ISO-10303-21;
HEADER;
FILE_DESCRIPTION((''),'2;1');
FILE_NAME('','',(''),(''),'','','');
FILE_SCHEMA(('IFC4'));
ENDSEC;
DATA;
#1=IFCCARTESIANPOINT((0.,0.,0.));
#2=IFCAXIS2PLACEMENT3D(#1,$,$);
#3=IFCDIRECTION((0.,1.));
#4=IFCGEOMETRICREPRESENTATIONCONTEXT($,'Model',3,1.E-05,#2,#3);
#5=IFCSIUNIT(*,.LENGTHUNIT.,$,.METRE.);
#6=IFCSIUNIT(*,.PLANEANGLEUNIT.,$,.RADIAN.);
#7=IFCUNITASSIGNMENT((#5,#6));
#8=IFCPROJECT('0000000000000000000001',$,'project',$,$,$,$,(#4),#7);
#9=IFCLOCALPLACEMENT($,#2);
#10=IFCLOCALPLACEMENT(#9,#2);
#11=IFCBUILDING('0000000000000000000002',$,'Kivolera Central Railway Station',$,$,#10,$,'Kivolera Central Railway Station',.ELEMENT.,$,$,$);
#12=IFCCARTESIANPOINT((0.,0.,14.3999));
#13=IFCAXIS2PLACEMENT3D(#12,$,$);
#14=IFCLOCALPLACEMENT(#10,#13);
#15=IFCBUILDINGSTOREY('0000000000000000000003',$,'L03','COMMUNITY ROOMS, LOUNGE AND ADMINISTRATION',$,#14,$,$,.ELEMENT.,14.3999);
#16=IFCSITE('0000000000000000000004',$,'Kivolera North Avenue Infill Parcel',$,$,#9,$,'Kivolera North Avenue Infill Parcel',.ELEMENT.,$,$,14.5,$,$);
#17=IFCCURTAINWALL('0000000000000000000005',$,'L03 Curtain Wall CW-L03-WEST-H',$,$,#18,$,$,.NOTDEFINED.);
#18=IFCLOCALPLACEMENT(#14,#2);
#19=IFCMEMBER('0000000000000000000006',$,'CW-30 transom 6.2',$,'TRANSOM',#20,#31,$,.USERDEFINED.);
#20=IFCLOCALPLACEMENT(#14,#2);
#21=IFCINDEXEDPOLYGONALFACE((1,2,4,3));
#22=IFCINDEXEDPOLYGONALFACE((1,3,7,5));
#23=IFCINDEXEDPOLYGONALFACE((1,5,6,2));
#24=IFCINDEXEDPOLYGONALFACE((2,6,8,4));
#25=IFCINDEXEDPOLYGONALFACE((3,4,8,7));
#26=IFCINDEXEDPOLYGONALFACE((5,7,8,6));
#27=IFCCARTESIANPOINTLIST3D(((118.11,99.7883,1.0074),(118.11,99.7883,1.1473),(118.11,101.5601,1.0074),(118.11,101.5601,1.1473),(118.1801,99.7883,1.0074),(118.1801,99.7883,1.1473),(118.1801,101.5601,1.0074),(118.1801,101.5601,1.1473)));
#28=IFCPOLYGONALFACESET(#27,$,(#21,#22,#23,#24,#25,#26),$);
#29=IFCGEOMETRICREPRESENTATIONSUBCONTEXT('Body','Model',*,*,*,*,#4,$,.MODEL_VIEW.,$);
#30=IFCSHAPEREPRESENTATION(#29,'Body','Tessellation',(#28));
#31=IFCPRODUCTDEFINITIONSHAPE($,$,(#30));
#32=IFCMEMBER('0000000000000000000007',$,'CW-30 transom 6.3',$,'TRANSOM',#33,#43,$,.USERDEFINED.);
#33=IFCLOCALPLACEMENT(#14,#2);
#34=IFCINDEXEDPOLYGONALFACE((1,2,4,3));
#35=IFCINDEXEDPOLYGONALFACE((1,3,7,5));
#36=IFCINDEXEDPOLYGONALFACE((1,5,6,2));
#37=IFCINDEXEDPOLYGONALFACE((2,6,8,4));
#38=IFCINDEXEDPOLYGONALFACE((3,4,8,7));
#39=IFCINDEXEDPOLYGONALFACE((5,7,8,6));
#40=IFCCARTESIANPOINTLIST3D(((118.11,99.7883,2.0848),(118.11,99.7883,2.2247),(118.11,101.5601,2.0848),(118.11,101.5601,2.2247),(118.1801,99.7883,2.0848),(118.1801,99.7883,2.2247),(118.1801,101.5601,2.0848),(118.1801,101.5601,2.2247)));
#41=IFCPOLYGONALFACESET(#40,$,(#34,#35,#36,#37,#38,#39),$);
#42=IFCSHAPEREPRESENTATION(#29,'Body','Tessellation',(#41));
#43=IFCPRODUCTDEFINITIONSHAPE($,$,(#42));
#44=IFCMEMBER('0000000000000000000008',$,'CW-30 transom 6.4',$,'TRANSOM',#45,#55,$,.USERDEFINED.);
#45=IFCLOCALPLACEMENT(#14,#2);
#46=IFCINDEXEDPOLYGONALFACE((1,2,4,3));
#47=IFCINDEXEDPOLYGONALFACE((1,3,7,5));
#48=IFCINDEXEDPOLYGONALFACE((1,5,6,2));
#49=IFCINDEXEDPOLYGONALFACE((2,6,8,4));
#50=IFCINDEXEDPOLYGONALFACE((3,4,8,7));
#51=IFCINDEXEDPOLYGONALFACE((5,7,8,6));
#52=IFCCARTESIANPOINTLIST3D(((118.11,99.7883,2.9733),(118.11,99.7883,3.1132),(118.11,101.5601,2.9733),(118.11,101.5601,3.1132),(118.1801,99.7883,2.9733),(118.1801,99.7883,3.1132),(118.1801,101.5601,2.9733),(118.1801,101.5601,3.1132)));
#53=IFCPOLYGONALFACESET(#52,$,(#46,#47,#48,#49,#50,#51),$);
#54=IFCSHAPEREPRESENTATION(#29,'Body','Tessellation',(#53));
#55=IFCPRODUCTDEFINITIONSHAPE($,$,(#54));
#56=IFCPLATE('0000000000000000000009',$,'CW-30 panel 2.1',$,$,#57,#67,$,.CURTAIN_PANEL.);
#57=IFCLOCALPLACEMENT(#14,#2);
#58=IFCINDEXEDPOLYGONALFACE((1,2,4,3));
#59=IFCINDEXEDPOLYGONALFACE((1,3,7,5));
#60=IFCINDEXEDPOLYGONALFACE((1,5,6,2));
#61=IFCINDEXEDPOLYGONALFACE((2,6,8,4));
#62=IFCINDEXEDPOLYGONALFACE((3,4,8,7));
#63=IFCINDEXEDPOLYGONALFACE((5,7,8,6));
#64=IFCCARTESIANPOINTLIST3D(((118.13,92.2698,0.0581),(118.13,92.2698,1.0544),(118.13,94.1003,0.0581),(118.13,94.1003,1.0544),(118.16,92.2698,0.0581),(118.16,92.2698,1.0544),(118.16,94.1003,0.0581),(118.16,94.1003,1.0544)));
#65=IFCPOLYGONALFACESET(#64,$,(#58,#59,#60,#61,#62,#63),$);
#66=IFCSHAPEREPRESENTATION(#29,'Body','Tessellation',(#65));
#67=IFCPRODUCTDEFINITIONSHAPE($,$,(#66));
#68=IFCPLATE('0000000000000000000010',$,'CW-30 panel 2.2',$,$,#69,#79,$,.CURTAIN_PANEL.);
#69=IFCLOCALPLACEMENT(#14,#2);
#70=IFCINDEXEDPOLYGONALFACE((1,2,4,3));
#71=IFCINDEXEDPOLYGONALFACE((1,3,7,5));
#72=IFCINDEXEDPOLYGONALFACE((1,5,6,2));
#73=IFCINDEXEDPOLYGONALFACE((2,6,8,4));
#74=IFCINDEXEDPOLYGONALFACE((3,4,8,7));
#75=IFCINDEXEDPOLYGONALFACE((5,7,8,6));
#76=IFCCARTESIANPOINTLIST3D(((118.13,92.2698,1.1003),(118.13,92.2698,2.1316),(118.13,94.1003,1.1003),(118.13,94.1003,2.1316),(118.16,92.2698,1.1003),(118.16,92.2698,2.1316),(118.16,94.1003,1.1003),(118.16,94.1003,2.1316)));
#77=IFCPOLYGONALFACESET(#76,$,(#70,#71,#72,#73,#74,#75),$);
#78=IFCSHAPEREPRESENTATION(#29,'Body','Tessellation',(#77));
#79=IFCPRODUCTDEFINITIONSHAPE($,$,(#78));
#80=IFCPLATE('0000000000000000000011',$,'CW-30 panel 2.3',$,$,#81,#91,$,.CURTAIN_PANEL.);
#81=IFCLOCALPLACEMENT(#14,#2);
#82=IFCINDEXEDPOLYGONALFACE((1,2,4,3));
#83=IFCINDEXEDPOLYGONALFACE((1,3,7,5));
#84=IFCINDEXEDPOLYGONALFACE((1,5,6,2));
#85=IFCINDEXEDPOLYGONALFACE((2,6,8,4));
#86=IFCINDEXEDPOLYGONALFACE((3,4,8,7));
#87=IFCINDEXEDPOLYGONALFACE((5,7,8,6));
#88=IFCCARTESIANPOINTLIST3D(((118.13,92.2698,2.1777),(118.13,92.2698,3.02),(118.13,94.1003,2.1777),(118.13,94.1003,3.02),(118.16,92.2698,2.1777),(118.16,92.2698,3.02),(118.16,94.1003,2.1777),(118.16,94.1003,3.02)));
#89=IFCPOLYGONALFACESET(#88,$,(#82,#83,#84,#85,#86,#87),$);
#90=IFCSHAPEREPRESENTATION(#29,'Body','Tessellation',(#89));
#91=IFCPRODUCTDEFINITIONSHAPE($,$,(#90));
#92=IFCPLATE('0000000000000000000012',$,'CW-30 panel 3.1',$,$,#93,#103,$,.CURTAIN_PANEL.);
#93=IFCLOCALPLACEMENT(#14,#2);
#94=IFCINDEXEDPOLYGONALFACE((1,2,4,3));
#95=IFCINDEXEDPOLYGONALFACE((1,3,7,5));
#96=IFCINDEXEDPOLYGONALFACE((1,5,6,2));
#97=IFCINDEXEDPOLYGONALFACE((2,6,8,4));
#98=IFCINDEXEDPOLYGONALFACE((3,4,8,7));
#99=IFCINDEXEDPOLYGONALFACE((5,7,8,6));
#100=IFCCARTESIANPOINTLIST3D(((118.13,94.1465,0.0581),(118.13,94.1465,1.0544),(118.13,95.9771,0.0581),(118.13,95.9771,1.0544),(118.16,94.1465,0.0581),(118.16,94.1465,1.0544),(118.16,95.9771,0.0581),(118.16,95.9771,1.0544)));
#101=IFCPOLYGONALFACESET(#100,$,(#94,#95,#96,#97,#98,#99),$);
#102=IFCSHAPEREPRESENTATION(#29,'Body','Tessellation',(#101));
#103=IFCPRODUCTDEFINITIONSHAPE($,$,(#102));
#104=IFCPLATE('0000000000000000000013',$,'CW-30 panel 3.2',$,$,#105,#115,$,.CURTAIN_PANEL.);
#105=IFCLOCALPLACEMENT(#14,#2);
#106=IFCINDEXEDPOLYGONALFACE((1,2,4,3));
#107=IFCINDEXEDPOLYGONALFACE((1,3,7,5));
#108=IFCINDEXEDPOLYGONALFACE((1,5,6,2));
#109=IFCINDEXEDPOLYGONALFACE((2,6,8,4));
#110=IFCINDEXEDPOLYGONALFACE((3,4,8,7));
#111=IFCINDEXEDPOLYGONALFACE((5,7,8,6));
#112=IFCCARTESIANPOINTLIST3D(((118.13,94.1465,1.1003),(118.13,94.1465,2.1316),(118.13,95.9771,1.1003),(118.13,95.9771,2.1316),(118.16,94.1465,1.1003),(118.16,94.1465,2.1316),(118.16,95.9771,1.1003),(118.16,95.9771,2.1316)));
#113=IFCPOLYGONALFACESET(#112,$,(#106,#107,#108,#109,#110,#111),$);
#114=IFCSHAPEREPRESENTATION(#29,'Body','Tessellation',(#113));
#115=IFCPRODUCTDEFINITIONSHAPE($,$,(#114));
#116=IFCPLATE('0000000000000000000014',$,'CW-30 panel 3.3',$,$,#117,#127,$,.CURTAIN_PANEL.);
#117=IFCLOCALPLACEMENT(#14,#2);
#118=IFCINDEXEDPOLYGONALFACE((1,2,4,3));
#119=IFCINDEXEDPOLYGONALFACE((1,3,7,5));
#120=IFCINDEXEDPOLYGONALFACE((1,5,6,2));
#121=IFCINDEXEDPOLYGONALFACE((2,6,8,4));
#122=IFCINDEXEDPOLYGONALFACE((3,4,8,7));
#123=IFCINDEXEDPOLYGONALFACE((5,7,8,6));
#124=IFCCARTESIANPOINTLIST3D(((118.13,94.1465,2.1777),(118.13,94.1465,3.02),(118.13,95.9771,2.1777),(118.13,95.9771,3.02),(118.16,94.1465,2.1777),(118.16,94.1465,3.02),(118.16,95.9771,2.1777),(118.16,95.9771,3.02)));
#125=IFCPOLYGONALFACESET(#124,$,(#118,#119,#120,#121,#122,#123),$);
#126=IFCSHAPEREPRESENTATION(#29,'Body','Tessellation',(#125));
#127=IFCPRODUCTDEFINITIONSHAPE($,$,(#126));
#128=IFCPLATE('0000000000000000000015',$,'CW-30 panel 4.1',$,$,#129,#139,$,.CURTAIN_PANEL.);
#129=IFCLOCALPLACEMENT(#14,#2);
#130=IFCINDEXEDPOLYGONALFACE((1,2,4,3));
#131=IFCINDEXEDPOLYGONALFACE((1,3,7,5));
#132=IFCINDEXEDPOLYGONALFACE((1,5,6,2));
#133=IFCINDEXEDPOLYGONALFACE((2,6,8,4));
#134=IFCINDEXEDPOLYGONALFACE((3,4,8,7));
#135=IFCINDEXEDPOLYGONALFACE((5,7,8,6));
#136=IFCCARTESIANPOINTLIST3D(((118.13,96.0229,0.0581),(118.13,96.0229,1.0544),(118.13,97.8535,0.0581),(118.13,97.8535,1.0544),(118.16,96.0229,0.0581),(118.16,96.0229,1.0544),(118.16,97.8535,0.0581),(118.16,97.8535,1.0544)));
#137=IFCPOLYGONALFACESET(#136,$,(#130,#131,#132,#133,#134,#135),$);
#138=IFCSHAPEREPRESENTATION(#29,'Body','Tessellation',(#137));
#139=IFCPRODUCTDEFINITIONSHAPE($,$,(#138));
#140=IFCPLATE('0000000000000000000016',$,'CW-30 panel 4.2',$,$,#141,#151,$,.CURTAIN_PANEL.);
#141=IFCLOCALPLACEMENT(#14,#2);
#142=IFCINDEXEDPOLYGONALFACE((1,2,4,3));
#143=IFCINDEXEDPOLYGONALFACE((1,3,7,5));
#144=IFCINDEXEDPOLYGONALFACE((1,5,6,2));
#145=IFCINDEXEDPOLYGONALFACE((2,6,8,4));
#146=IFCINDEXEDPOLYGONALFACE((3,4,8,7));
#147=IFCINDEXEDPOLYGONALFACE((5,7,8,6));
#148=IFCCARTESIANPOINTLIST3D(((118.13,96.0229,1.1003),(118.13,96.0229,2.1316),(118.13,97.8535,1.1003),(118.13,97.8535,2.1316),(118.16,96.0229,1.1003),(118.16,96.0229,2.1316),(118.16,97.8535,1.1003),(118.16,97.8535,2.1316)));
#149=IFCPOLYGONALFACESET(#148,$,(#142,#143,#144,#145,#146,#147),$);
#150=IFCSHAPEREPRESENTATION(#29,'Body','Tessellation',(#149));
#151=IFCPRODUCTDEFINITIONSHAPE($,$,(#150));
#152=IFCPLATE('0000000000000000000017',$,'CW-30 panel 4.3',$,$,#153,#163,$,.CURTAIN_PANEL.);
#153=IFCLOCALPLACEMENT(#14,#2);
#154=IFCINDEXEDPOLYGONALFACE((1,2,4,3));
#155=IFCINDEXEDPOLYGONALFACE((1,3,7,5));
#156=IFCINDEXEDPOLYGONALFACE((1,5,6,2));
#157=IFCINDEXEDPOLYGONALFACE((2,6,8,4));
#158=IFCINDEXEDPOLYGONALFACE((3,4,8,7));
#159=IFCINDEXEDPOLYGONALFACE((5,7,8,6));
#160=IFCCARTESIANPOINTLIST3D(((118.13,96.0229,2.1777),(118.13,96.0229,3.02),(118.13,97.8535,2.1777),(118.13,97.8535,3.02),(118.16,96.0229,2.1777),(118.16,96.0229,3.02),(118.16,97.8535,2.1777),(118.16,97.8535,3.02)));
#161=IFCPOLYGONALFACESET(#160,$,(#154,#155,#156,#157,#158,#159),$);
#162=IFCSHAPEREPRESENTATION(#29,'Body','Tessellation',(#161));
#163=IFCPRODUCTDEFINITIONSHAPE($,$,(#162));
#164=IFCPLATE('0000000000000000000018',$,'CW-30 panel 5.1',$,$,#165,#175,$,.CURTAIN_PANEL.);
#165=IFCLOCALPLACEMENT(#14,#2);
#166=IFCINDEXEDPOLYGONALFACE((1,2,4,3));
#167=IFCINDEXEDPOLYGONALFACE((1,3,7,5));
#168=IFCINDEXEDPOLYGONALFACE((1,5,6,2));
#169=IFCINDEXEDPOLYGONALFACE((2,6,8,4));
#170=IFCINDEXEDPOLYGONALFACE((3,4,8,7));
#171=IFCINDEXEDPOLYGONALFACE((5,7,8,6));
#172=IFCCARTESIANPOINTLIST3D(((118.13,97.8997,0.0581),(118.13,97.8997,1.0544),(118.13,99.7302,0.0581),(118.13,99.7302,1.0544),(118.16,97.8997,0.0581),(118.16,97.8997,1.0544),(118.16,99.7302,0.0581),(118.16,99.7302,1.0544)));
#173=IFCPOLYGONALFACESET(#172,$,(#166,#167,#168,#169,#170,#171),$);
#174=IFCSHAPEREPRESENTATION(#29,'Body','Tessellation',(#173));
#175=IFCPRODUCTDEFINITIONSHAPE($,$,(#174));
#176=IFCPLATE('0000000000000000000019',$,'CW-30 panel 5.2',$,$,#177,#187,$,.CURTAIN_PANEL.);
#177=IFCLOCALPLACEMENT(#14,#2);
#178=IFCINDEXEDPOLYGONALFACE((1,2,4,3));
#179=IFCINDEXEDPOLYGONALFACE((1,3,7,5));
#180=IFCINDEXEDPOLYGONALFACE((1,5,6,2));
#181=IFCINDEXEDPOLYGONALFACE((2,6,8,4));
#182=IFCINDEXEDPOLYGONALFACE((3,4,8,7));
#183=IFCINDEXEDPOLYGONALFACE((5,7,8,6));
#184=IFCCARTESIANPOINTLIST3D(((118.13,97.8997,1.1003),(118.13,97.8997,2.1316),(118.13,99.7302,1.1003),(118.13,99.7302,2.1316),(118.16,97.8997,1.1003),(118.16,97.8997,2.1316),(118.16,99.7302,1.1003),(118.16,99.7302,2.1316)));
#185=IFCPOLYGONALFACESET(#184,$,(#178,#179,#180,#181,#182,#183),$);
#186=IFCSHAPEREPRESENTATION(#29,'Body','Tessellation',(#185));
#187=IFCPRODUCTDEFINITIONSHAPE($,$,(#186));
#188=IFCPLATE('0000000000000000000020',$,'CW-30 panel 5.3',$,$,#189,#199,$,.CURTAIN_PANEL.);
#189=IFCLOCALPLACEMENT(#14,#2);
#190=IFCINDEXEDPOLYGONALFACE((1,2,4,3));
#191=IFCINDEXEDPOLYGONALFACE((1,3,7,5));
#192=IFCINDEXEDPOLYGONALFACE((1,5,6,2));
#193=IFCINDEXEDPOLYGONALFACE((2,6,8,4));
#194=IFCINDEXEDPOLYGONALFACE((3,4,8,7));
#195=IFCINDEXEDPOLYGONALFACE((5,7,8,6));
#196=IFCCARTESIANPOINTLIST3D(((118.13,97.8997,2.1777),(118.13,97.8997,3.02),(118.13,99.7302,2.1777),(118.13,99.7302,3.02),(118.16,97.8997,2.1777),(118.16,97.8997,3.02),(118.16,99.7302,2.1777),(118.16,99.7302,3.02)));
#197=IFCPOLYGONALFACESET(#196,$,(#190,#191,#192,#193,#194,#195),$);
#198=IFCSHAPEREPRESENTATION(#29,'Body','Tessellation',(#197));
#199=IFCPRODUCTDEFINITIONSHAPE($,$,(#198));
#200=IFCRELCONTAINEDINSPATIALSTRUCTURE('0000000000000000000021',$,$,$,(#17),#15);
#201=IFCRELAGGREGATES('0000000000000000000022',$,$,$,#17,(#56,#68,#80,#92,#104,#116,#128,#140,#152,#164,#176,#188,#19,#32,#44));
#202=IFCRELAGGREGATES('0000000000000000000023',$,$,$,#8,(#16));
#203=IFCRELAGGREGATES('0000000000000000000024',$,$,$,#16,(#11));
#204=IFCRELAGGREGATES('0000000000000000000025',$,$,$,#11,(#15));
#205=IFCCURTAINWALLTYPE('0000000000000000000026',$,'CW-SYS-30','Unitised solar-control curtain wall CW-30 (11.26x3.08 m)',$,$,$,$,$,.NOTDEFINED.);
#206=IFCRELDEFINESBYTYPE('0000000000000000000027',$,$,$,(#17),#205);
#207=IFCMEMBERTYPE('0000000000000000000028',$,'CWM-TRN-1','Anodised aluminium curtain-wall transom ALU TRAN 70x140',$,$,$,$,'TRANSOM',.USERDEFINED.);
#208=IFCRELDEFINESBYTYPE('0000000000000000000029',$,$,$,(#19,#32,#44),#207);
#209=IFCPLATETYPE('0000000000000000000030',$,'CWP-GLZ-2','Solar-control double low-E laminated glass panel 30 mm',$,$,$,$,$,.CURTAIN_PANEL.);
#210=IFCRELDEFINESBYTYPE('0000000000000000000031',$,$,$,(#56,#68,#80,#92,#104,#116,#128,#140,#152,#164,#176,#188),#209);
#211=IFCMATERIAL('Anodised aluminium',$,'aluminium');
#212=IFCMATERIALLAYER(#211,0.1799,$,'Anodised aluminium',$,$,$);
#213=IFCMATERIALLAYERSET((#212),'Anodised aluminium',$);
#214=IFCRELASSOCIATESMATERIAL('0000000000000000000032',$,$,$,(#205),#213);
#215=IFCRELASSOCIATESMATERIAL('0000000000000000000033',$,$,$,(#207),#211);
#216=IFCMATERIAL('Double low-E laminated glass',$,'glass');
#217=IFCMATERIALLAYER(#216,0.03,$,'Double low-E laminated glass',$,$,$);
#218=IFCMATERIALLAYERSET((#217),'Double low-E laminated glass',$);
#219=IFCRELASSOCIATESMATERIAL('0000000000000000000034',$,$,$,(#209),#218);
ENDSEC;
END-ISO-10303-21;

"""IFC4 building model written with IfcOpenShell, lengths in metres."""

from ifc_helpers import new_model, si_unit, direction, frame, origin, origin_2d, place, context, subcontext, project, spatial, rectangle, extrude, material, layer, layer_set, material_profile, profile_set, type_object, element, aggregate, save


model = new_model("IFC4")

# Units and contexts
model_context = context("Model", 3, precision=1e-05, world=origin(), true_north=direction((0.0, 1.0)))
body_context = subcontext(model_context, "Body", "Model", "MODEL_VIEW")
ifc_project = project(units=[si_unit("LENGTHUNIT", "METRE"), si_unit("PLANEANGLEUNIT", "RADIAN")], contexts=[model_context])

# Site, building, storey
site_placement = place(None, origin())
site = spatial("IfcSite", under=ifc_project, at=site_placement, Name="Kivolera North Avenue Infill Parcel", LongName="Kivolera North Avenue Infill Parcel", CompositionType="ELEMENT", RefElevation=14.5)
building_placement = place(site_placement, origin())
building = spatial("IfcBuilding", under=site, at=building_placement, Name="Kivolera Central Railway Station", LongName="Kivolera Central Railway Station", CompositionType="ELEMENT")
storey_placement = place(building_placement, frame((0.0, 0.0, 14.3999)))
storey = spatial("IfcBuildingStorey", under=building, at=storey_placement, Name="L03", Description="COMMUNITY ROOMS, LOUNGE AND ADMINISTRATION", CompositionType="ELEMENT", Elevation=14.3999)

# Curtain wall, members, plates
ifc_material_1 = material(Name="Anodised aluminium", Category="aluminium")
ifc_layer_1 = layer(ifc_material_1, 0.1799, Name="Anodised aluminium")
ifc_layer_set_1 = layer_set([ifc_layer_1], Name="Anodised aluminium")
curtain_wall_type = type_object("IfcCurtainWallType", Name="CW-SYS-30", Description="Unitised solar-control curtain wall CW-30 (11.26x3.08 m)", PredefinedType="NOTDEFINED", material=ifc_layer_set_1)
curtain_wall_placement = place(storey_placement, origin())
curtain_wall = element("IfcCurtainWall", 1, at=curtain_wall_placement, inside=storey, type_object=curtain_wall_type, Name="L03 Curtain Wall CW-L03-WEST-H", PredefinedType="NOTDEFINED")
ifc_material_profile = material_profile(ifc_material_1, rectangle(XDim=0.0701, YDim=0.1399, at=origin_2d()), Name="ALU TRAN 70x140")
ifc_profile_set = profile_set([ifc_material_profile], Name="Anodised aluminium")
member_type = type_object("IfcMemberType", Name="CWM-TRN-1", Description="Anodised aluminium curtain-wall transom ALU TRAN 70x140", ElementType="TRANSOM", PredefinedType="USERDEFINED", material=ifc_profile_set)
member_1_placement = place(storey_placement, frame((118.145, 99.7883, 1.0774), z_axis=(0.0, 1.0, 0.0), x_axis=(-1.0, 0.0, 0.0)))
member_1 = element("IfcMember", 2, at=member_1_placement, type_object=member_type, Name="CW-30 transom 6.2", ObjectType="TRANSOM", PredefinedType="USERDEFINED", context=body_context, shape_type="SweptSolid", body=[
    extrude(rectangle(XDim=0.0701, YDim=0.1399, at=origin_2d()), origin(), (0.0, 0.0, 1.0), 1.7717),
])
member_2_placement = place(storey_placement, frame((118.145, 99.7883, 2.1548), z_axis=(0.0, 1.0, 0.0), x_axis=(-1.0, 0.0, 0.0)))
member_2 = element("IfcMember", 3, at=member_2_placement, type_object=member_type, Name="CW-30 transom 6.3", ObjectType="TRANSOM", PredefinedType="USERDEFINED", context=body_context, shape_type="SweptSolid", body=[
    extrude(rectangle(XDim=0.0701, YDim=0.1399, at=origin_2d()), origin(), (0.0, 0.0, 1.0), 1.7717),
])
member_3_placement = place(storey_placement, frame((118.145, 99.7883, 3.0432), z_axis=(0.0, 1.0, 0.0), x_axis=(-1.0, 0.0, 0.0)))
member_3 = element("IfcMember", 4, at=member_3_placement, type_object=member_type, Name="CW-30 transom 6.4", ObjectType="TRANSOM", PredefinedType="USERDEFINED", context=body_context, shape_type="SweptSolid", body=[
    extrude(rectangle(XDim=0.0701, YDim=0.1399, at=origin_2d()), origin(), (0.0, 0.0, 1.0), 1.7717),
])
ifc_material_2 = material(Name="Double low-E laminated glass", Category="glass")
ifc_layer_2 = layer(ifc_material_2, 0.03, Name="Double low-E laminated glass")
ifc_layer_set_2 = layer_set([ifc_layer_2], Name="Double low-E laminated glass")
plate_type = type_object("IfcPlateType", Name="CWP-GLZ-2", Description="Solar-control double low-E laminated glass panel 30 mm", PredefinedType="CURTAIN_PANEL", material=ifc_layer_set_2)
plate_1_placement = place(storey_placement, frame((118.145, 93.1851, 0.0581), z_axis=(0.0, 0.0, 1.0), x_axis=(0.0, 1.0, 0.0)))
plate_1 = element("IfcPlate", 5, at=plate_1_placement, type_object=plate_type, Name="CW-30 panel 2.1", PredefinedType="CURTAIN_PANEL", context=body_context, shape_type="SweptSolid", body=[
    extrude(rectangle(XDim=1.8306, YDim=0.03, at=origin_2d()), origin(), (0.0, 0.0, 1.0), 0.9963),
])
plate_2_placement = place(storey_placement, frame((118.145, 93.1851, 1.1003), z_axis=(0.0, 0.0, 1.0), x_axis=(0.0, 1.0, 0.0)))
plate_2 = element("IfcPlate", 6, at=plate_2_placement, type_object=plate_type, Name="CW-30 panel 2.2", PredefinedType="CURTAIN_PANEL", context=body_context, shape_type="SweptSolid", body=[
    extrude(rectangle(XDim=1.8306, YDim=0.03, at=origin_2d()), origin(), (0.0, 0.0, 1.0), 1.0312),
])
plate_3_placement = place(storey_placement, frame((118.145, 93.1851, 2.1777), z_axis=(0.0, 0.0, 1.0), x_axis=(0.0, 1.0, 0.0)))
plate_3 = element("IfcPlate", 7, at=plate_3_placement, type_object=plate_type, Name="CW-30 panel 2.3", PredefinedType="CURTAIN_PANEL", context=body_context, shape_type="SweptSolid", body=[
    extrude(rectangle(XDim=1.8306, YDim=0.03, at=origin_2d()), origin(), (0.0, 0.0, 1.0), 0.8423),
])
plate_4_placement = place(storey_placement, frame((118.145, 95.0618, 0.0581), z_axis=(0.0, 0.0, 1.0), x_axis=(0.0, 1.0, 0.0)))
plate_4 = element("IfcPlate", 8, at=plate_4_placement, type_object=plate_type, Name="CW-30 panel 3.1", PredefinedType="CURTAIN_PANEL", context=body_context, shape_type="SweptSolid", body=[
    extrude(rectangle(XDim=1.8306, YDim=0.03, at=origin_2d()), origin(), (0.0, 0.0, 1.0), 0.9963),
])
plate_5_placement = place(storey_placement, frame((118.145, 95.0618, 1.1003), z_axis=(0.0, 0.0, 1.0), x_axis=(0.0, 1.0, 0.0)))
plate_5 = element("IfcPlate", 9, at=plate_5_placement, type_object=plate_type, Name="CW-30 panel 3.2", PredefinedType="CURTAIN_PANEL", context=body_context, shape_type="SweptSolid", body=[
    extrude(rectangle(XDim=1.8306, YDim=0.03, at=origin_2d()), origin(), (0.0, 0.0, 1.0), 1.0312),
])
plate_6_placement = place(storey_placement, frame((118.145, 95.0618, 2.1777), z_axis=(0.0, 0.0, 1.0), x_axis=(0.0, 1.0, 0.0)))
plate_6 = element("IfcPlate", 10, at=plate_6_placement, type_object=plate_type, Name="CW-30 panel 3.3", PredefinedType="CURTAIN_PANEL", context=body_context, shape_type="SweptSolid", body=[
    extrude(rectangle(XDim=1.8306, YDim=0.03, at=origin_2d()), origin(), (0.0, 0.0, 1.0), 0.8423),
])
plate_7_placement = place(storey_placement, frame((118.145, 96.9382, 0.0581), z_axis=(0.0, 0.0, 1.0), x_axis=(0.0, 1.0, 0.0)))
plate_7 = element("IfcPlate", 11, at=plate_7_placement, type_object=plate_type, Name="CW-30 panel 4.1", PredefinedType="CURTAIN_PANEL", context=body_context, shape_type="SweptSolid", body=[
    extrude(rectangle(XDim=1.8306, YDim=0.03, at=origin_2d()), origin(), (0.0, 0.0, 1.0), 0.9963),
])
plate_8_placement = place(storey_placement, frame((118.145, 96.9382, 1.1003), z_axis=(0.0, 0.0, 1.0), x_axis=(0.0, 1.0, 0.0)))
plate_8 = element("IfcPlate", 12, at=plate_8_placement, type_object=plate_type, Name="CW-30 panel 4.2", PredefinedType="CURTAIN_PANEL", context=body_context, shape_type="SweptSolid", body=[
    extrude(rectangle(XDim=1.8306, YDim=0.03, at=origin_2d()), origin(), (0.0, 0.0, 1.0), 1.0312),
])
plate_9_placement = place(storey_placement, frame((118.145, 96.9382, 2.1777), z_axis=(0.0, 0.0, 1.0), x_axis=(0.0, 1.0, 0.0)))
plate_9 = element("IfcPlate", 13, at=plate_9_placement, type_object=plate_type, Name="CW-30 panel 4.3", PredefinedType="CURTAIN_PANEL", context=body_context, shape_type="SweptSolid", body=[
    extrude(rectangle(XDim=1.8306, YDim=0.03, at=origin_2d()), origin(), (0.0, 0.0, 1.0), 0.8423),
])
plate_10_placement = place(storey_placement, frame((118.145, 98.8149, 0.0581), z_axis=(0.0, 0.0, 1.0), x_axis=(0.0, 1.0, 0.0)))
plate_10 = element("IfcPlate", 14, at=plate_10_placement, type_object=plate_type, Name="CW-30 panel 5.1", PredefinedType="CURTAIN_PANEL", context=body_context, shape_type="SweptSolid", body=[
    extrude(rectangle(XDim=1.8306, YDim=0.03, at=origin_2d()), origin(), (0.0, 0.0, 1.0), 0.9963),
])
plate_11_placement = place(storey_placement, frame((118.145, 98.8149, 1.1003), z_axis=(0.0, 0.0, 1.0), x_axis=(0.0, 1.0, 0.0)))
plate_11 = element("IfcPlate", 15, at=plate_11_placement, type_object=plate_type, Name="CW-30 panel 5.2", PredefinedType="CURTAIN_PANEL", context=body_context, shape_type="SweptSolid", body=[
    extrude(rectangle(XDim=1.8306, YDim=0.03, at=origin_2d()), origin(), (0.0, 0.0, 1.0), 1.0312),
])
plate_12_placement = place(storey_placement, frame((118.145, 98.8149, 2.1777), z_axis=(0.0, 0.0, 1.0), x_axis=(0.0, 1.0, 0.0)))
plate_12 = element("IfcPlate", 16, at=plate_12_placement, type_object=plate_type, Name="CW-30 panel 5.3", PredefinedType="CURTAIN_PANEL", context=body_context, shape_type="SweptSolid", body=[
    extrude(rectangle(XDim=1.8306, YDim=0.03, at=origin_2d()), origin(), (0.0, 0.0, 1.0), 0.8423),
])
aggregate(curtain_wall, [plate_1, plate_2, plate_3, plate_4, plate_5, plate_6, plate_7, plate_8, plate_9, plate_10, plate_11, plate_12, member_1, member_2, member_3])

save(model, "model.ifc")
